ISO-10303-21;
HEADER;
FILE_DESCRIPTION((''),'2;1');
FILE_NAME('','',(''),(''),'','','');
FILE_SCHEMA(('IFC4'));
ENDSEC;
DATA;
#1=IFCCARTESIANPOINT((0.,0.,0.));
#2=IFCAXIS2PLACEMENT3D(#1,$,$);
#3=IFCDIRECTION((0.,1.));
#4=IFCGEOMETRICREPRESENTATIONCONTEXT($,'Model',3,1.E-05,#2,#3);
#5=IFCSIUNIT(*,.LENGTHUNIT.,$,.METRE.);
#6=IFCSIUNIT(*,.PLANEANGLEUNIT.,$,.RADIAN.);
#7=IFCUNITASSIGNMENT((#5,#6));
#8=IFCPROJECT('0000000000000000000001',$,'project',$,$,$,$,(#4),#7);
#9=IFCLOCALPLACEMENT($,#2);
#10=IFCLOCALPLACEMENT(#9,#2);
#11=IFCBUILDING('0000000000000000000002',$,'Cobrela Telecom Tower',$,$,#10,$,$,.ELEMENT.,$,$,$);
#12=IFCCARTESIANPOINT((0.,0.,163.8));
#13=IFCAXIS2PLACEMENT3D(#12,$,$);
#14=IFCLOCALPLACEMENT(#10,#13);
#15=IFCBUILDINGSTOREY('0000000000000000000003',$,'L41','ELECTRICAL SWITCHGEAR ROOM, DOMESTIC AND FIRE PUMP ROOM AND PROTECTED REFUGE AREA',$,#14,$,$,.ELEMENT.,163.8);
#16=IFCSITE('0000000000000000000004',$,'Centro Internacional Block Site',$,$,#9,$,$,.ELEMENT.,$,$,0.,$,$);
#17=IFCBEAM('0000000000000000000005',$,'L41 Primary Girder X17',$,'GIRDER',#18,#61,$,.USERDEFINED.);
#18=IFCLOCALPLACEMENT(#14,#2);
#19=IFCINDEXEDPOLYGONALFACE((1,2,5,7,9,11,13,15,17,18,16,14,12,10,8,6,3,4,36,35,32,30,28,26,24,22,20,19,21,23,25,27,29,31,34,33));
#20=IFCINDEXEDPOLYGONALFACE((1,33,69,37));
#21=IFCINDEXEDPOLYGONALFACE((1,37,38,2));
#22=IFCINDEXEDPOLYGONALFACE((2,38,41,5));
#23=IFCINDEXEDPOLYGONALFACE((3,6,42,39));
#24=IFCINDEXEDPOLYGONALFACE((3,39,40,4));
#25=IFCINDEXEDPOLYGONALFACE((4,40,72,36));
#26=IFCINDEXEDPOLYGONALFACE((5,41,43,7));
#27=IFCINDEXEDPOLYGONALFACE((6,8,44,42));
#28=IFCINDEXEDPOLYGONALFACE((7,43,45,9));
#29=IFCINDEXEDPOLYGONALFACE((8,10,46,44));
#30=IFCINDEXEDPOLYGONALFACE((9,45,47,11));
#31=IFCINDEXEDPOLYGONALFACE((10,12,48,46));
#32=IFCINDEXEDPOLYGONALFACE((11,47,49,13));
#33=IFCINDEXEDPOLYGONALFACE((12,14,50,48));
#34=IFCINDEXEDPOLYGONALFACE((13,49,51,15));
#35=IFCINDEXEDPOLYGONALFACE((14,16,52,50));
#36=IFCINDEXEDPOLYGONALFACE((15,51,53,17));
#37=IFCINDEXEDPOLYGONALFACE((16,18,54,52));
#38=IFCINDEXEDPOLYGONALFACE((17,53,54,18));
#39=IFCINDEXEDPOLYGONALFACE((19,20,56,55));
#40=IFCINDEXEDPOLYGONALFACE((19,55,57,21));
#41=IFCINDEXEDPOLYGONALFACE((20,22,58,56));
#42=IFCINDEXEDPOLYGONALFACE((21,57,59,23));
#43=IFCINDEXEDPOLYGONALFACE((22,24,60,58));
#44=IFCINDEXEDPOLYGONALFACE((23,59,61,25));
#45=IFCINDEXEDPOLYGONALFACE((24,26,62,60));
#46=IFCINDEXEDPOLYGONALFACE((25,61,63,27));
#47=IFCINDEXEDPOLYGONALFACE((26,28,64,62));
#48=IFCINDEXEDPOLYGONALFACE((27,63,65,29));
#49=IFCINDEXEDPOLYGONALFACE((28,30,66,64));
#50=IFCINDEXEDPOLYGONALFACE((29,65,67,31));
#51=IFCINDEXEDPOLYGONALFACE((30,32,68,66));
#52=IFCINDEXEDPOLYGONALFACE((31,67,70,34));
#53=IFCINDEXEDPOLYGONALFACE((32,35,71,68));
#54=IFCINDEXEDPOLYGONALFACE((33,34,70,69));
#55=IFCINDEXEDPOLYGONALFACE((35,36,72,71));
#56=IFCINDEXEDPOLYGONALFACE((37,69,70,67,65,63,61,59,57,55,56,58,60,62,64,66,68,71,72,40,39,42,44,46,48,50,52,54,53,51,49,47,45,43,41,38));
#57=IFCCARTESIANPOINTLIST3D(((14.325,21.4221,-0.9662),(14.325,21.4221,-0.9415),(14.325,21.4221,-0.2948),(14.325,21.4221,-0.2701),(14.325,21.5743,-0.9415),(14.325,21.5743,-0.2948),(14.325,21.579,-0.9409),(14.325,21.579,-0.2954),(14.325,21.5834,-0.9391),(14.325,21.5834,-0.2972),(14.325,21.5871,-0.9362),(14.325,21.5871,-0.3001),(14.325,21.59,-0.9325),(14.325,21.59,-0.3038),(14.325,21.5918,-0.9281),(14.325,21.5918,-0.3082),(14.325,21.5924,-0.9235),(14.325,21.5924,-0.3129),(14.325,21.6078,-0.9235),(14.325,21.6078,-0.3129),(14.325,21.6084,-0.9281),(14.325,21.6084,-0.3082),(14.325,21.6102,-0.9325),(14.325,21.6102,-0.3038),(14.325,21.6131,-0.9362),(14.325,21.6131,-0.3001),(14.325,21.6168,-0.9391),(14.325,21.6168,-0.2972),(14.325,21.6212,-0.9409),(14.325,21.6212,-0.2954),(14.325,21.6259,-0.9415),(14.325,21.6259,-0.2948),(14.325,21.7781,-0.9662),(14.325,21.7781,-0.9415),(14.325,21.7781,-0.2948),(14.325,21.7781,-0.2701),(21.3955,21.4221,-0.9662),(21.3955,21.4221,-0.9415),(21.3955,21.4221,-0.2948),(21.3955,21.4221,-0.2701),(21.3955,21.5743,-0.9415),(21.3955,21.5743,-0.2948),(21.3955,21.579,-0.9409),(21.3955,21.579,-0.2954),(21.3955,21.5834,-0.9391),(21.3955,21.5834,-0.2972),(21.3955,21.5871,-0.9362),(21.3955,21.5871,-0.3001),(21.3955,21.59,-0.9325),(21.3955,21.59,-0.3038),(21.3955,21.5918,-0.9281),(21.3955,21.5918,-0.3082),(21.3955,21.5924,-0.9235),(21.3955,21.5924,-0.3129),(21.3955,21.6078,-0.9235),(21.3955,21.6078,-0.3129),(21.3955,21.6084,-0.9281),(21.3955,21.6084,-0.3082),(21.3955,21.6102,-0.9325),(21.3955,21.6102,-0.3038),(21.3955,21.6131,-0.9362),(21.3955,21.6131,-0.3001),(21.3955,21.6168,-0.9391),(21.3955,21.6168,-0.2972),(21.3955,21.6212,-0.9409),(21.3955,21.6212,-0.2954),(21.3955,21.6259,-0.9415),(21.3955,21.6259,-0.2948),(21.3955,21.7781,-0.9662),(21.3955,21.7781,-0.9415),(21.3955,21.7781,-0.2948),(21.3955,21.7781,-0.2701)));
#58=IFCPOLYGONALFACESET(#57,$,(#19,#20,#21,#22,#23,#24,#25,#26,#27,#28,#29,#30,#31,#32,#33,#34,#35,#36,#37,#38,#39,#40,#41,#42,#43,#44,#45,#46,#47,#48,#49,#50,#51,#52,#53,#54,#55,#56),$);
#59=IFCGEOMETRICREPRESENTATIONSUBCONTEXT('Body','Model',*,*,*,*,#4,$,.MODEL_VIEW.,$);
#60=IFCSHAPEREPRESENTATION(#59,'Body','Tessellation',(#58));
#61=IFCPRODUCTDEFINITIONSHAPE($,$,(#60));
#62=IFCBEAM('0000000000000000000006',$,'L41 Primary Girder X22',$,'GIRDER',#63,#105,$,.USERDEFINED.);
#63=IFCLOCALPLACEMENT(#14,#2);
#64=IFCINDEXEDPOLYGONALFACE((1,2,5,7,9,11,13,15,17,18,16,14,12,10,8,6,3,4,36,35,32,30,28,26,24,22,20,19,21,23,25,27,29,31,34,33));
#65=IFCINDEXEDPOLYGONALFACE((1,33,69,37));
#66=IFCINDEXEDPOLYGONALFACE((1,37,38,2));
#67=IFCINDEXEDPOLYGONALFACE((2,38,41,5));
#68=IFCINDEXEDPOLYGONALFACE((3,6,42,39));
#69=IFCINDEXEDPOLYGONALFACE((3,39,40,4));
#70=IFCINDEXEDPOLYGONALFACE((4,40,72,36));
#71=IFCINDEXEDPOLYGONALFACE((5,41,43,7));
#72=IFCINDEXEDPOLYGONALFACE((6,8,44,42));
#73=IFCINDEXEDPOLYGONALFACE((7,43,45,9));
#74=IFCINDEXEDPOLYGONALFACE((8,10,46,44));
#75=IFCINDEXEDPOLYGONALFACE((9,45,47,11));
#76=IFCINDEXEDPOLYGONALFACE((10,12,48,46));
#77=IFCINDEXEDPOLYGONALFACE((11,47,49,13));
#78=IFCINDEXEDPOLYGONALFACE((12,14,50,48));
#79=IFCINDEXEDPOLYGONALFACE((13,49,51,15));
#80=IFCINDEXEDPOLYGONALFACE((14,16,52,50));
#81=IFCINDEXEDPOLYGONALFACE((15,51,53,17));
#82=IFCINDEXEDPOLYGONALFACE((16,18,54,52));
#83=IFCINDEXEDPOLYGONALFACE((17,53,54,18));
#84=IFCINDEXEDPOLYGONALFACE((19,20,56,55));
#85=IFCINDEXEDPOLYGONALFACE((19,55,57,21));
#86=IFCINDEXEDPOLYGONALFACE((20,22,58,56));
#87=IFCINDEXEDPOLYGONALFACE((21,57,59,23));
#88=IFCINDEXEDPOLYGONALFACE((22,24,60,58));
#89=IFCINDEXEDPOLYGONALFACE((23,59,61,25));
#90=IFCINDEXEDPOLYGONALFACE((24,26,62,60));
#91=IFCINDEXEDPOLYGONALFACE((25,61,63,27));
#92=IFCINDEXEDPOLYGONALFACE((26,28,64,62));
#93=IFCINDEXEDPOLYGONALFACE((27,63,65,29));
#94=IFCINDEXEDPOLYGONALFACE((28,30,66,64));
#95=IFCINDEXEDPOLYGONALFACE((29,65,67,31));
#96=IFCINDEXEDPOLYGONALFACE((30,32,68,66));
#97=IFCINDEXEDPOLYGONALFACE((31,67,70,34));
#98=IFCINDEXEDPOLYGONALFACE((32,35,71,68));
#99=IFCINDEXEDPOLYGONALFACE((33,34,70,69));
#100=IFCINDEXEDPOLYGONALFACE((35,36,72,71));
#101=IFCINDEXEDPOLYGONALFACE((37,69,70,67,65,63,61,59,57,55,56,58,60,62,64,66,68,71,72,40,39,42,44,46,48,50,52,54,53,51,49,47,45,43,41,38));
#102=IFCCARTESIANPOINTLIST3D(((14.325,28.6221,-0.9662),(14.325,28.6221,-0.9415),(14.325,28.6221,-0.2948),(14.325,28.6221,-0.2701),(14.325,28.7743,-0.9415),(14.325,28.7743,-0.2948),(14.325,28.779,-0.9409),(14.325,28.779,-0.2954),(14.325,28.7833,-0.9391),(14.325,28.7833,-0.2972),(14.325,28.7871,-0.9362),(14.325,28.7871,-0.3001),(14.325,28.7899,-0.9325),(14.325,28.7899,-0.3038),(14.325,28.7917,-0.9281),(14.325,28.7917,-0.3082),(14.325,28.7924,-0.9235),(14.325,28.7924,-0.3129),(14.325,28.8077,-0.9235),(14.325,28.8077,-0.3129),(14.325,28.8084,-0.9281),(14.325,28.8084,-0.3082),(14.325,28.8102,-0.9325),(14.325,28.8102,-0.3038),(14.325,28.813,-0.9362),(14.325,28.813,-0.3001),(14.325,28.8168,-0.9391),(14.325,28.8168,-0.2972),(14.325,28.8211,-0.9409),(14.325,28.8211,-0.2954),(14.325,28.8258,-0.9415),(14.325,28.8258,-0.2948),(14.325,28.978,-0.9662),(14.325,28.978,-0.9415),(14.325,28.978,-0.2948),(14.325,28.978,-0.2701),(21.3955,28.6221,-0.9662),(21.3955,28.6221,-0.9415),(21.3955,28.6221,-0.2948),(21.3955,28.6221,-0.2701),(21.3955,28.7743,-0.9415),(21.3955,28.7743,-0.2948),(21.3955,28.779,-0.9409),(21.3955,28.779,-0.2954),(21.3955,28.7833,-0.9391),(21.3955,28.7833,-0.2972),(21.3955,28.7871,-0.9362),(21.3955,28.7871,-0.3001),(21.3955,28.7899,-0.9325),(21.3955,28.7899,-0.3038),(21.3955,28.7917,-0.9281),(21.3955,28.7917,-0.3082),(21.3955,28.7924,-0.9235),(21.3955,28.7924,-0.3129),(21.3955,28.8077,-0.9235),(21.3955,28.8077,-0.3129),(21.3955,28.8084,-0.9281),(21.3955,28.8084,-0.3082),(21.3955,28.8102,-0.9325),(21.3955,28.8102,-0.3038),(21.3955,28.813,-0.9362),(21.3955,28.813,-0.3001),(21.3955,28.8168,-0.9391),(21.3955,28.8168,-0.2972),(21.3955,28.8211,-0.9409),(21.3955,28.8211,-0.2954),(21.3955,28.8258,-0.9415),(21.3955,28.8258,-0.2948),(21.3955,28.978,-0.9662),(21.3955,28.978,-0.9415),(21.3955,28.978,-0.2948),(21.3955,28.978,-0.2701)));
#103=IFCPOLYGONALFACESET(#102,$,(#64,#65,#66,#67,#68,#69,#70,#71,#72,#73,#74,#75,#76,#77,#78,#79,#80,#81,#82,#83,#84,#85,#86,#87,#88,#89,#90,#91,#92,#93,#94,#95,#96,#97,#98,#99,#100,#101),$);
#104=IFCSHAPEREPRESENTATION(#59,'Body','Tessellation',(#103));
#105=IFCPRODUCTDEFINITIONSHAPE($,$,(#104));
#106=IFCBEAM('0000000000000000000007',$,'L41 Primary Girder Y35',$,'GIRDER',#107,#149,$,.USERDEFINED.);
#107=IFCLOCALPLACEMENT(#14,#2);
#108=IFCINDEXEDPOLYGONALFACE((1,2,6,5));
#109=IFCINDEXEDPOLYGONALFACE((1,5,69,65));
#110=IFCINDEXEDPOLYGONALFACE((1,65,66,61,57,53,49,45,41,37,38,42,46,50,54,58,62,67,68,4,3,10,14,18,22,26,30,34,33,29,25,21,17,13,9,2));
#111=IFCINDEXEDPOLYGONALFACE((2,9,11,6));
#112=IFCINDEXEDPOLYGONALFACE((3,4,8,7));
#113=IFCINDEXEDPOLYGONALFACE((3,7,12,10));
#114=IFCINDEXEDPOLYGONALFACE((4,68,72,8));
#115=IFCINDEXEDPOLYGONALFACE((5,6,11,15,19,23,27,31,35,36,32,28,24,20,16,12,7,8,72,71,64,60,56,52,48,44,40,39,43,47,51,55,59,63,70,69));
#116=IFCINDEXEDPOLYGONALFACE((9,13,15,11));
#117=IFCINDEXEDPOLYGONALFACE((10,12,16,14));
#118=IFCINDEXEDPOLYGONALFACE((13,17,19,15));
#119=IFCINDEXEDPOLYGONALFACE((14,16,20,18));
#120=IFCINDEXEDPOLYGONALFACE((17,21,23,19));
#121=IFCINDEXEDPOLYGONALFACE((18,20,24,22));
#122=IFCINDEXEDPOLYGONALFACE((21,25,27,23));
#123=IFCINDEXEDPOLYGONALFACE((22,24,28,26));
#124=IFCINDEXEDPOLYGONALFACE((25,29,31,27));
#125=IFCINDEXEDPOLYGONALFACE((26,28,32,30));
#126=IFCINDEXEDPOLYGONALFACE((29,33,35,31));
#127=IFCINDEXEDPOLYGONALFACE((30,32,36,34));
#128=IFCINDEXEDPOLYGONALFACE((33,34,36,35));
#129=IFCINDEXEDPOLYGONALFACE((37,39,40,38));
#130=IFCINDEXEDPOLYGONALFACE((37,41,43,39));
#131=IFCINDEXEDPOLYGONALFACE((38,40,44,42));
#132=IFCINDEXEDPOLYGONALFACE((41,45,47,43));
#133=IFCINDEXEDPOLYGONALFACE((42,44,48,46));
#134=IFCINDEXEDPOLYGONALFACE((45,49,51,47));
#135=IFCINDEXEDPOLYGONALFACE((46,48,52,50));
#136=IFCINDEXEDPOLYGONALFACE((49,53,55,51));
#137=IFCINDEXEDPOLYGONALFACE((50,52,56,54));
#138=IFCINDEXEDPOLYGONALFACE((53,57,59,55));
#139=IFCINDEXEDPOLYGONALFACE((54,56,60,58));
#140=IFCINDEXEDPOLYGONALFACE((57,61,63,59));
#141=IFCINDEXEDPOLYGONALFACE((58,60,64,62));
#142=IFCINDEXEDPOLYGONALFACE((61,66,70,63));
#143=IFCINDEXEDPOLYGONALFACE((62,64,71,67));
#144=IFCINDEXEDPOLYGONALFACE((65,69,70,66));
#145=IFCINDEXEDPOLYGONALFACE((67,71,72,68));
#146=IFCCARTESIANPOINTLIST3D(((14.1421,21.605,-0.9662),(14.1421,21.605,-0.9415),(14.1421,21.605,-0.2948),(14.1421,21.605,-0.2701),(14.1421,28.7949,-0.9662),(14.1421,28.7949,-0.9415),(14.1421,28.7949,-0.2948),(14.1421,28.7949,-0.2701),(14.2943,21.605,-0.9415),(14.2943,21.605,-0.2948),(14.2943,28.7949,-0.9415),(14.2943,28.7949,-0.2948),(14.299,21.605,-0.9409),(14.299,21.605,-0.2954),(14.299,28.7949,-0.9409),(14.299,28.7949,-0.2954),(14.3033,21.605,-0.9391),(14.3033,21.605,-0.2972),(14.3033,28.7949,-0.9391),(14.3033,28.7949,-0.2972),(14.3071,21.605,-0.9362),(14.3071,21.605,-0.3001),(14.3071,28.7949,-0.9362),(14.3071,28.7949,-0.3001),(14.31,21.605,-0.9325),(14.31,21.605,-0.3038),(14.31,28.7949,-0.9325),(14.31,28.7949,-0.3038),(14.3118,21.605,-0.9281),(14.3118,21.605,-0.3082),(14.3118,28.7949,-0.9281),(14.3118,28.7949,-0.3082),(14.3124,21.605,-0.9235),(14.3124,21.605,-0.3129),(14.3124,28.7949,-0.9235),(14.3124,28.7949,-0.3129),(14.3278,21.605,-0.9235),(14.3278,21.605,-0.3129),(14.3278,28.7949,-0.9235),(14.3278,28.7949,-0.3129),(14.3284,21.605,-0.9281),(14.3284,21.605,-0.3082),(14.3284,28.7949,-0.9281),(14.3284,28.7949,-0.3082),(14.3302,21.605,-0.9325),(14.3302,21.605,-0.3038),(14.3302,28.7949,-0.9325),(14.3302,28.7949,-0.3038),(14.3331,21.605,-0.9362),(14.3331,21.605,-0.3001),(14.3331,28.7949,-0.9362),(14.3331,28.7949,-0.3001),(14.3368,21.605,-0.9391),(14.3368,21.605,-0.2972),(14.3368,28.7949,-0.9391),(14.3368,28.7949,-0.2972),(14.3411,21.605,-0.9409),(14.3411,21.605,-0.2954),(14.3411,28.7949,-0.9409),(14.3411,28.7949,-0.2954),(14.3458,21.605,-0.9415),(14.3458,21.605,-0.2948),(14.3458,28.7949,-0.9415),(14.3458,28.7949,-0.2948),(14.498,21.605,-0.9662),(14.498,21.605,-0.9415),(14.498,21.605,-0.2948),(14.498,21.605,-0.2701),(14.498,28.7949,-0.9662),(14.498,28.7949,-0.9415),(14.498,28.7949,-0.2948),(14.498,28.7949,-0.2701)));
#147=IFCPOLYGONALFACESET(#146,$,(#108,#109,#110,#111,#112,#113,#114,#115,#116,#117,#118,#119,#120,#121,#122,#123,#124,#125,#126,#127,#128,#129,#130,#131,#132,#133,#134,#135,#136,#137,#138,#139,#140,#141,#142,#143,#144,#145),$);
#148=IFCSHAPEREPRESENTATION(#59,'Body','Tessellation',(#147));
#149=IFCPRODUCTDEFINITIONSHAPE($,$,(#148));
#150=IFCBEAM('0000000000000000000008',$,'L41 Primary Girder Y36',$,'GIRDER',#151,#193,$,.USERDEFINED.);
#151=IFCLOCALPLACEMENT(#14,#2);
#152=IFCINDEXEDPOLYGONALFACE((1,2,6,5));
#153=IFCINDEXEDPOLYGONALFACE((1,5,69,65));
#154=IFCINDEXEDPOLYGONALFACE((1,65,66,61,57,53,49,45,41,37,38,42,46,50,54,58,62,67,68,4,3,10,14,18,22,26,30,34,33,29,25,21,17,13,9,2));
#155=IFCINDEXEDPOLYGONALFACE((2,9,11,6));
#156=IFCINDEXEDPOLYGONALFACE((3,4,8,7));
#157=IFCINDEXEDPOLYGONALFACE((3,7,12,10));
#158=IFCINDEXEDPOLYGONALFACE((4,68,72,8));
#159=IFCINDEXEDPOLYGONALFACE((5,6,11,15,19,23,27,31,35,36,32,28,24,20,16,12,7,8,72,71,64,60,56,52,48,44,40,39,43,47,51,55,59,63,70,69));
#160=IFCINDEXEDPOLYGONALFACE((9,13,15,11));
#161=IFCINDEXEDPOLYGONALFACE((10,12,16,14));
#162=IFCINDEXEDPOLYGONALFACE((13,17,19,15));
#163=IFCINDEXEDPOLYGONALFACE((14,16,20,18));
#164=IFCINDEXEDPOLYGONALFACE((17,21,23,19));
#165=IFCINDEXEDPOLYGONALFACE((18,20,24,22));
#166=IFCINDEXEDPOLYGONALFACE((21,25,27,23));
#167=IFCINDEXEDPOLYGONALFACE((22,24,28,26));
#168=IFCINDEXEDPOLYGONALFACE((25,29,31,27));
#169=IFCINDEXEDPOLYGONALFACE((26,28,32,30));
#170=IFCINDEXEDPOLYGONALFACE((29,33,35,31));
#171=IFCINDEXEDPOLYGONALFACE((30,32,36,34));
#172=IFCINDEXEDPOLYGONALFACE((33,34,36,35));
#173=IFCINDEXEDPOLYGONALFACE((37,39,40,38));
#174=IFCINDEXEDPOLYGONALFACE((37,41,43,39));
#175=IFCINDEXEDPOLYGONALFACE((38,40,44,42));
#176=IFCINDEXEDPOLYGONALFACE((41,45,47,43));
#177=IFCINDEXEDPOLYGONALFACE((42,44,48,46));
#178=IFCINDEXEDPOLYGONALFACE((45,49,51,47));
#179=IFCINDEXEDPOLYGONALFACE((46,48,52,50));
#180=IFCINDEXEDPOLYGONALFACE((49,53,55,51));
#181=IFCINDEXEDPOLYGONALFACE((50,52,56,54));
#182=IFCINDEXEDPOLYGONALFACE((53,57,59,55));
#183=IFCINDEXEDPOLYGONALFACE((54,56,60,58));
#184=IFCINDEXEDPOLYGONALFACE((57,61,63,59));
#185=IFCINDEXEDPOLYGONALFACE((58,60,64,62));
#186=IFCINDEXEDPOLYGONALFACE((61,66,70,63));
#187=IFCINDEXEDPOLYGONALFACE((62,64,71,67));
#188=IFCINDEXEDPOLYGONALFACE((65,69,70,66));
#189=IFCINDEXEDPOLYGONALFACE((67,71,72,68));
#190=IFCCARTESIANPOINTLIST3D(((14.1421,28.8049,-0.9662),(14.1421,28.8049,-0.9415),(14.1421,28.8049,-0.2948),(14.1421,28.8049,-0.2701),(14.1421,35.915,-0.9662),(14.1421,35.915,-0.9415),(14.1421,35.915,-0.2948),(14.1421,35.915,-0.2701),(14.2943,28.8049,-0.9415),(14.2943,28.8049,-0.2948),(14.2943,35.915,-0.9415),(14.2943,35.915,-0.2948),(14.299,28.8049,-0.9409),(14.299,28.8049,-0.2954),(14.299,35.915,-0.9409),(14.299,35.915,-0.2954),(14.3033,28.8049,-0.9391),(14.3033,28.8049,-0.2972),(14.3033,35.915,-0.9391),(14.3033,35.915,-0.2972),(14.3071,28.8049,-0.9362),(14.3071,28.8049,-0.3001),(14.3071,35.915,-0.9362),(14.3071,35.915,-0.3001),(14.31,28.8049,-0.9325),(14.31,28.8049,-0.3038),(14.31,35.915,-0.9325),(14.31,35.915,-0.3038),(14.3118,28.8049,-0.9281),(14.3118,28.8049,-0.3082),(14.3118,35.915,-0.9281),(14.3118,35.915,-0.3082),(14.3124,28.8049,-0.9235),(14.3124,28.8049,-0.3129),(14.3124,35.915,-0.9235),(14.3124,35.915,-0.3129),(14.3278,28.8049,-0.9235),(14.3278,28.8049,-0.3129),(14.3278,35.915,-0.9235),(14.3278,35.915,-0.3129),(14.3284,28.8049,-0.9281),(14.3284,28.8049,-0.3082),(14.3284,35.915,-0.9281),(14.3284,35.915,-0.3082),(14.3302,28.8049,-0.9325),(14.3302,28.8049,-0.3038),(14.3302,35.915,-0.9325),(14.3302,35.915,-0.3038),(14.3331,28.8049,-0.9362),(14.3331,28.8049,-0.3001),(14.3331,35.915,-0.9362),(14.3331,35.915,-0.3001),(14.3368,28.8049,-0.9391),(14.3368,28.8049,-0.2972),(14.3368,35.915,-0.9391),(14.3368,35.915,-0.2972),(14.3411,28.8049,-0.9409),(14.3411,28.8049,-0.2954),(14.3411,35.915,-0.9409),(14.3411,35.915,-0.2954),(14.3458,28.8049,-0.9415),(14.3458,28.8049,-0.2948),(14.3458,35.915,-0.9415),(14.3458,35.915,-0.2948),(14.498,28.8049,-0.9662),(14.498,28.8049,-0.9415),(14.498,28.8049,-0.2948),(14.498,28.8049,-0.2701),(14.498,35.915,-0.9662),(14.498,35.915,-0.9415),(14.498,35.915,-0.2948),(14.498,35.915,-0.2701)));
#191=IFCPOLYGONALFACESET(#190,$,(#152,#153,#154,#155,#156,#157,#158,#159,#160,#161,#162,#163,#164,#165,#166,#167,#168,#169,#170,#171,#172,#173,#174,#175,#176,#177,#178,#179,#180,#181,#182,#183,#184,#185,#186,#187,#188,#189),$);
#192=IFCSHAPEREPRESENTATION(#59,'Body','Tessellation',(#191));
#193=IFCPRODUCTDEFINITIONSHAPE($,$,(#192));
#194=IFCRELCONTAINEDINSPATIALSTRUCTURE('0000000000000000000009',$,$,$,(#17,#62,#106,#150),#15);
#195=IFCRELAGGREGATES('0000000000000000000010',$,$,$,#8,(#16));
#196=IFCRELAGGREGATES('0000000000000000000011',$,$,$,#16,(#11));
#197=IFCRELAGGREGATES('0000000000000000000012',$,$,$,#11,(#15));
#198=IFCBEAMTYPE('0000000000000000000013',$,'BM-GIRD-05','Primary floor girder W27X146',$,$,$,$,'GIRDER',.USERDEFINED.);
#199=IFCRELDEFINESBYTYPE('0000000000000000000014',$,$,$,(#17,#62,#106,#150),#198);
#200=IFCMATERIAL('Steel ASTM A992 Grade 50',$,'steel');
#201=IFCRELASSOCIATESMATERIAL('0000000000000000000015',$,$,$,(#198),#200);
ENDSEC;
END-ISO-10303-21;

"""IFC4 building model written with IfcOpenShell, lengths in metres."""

from ifc_helpers import new_model, si_unit, direction, frame, origin, origin_2d, place, context, subcontext, project, spatial, i_section, extrude, material, material_profile, profile_set, type_object, element, save


model = new_model("IFC4")

# Units and contexts
model_context = context("Model", 3, precision=1e-05, world=origin(), true_north=direction((0.0, 1.0)))
body_context = subcontext(model_context, "Body", "Model", "MODEL_VIEW")
ifc_project = project(units=[si_unit("LENGTHUNIT", "METRE"), si_unit("PLANEANGLEUNIT", "RADIAN")], contexts=[model_context])

# Site, building, storey
site_placement = place(None, origin())
site = spatial("IfcSite", under=ifc_project, at=site_placement, Name="Centro Internacional Block Site", CompositionType="ELEMENT", RefElevation=0.0)
building_placement = place(site_placement, origin())
building = spatial("IfcBuilding", under=site, at=building_placement, Name="Cobrela Telecom Tower", CompositionType="ELEMENT")
storey_placement = place(building_placement, frame((0.0, 0.0, 163.8)))
storey = spatial("IfcBuildingStorey", under=building, at=storey_placement, Name="L41", Description="ELECTRICAL SWITCHGEAR ROOM, DOMESTIC AND FIRE PUMP ROOM AND PROTECTED REFUGE AREA", CompositionType="ELEMENT", Elevation=163.8)

# Beams
ifc_material_1 = material(Name="Steel ASTM A992 Grade 50", Category="steel")
ifc_material_profile_1 = material_profile(ifc_material_1, i_section(OverallWidth=0.356, OverallDepth=0.696, WebThickness=0.0154, FlangeThickness=0.0247, FilletRadius=0.0181, at=origin_2d()), Name="W27X146")
ifc_profile_set_1 = profile_set([ifc_material_profile_1], Name="Steel ASTM A992 Grade 50")
beam_type_1 = type_object("IfcBeamType", Name="BM-GIRD-05", Description="Primary floor girder W27X146", ElementType="GIRDER", PredefinedType="USERDEFINED", material=ifc_profile_set_1)
for number, where, z_axis, x_axis, name in (
    (1, (14.325, 21.6001, -0.6182), (1.0, 0.0, 0.0), (0.0, 1.0, 0.0), "L41 Primary Girder X17"),
    (2, (14.325, 28.8, -0.6182), (1.0, 0.0, 0.0), (0.0, 1.0, 0.0), "L41 Primary Girder X22"),
):
    element("IfcBeam", number, at=place(storey_placement, frame(where, z_axis=z_axis, x_axis=x_axis)), inside=storey, type_object=beam_type_1, Name=name, ObjectType="GIRDER", PredefinedType="USERDEFINED", context=body_context, shape_type="SweptSolid", body=[
        extrude(i_section(OverallWidth=0.356, OverallDepth=0.696, WebThickness=0.0154, FlangeThickness=0.0247, FilletRadius=0.0181, at=origin_2d()), origin(), (0.0, 0.0, 1.0), 7.0706),
    ])
beam_1_placement = place(storey_placement, frame((14.3201, 21.605, -0.6182), z_axis=(0.0, 1.0, 0.0), x_axis=(-1.0, 0.0, 0.0)))
element("IfcBeam", 3, at=beam_1_placement, inside=storey, type_object=beam_type_1, Name="L41 Primary Girder Y35", ObjectType="GIRDER", PredefinedType="USERDEFINED", context=body_context, shape_type="SweptSolid", body=[
    extrude(i_section(OverallWidth=0.356, OverallDepth=0.696, WebThickness=0.0154, FlangeThickness=0.0247, FilletRadius=0.0181, at=origin_2d()), origin(), (0.0, 0.0, 1.0), 7.1899),
])
beam_2_placement = place(storey_placement, frame((14.3201, 28.8049, -0.6182), z_axis=(0.0, 1.0, 0.0), x_axis=(-1.0, 0.0, 0.0)))
element("IfcBeam", 4, at=beam_2_placement, inside=storey, type_object=beam_type_1, Name="L41 Primary Girder Y36", ObjectType="GIRDER", PredefinedType="USERDEFINED", context=body_context, shape_type="SweptSolid", body=[
    extrude(i_section(OverallWidth=0.356, OverallDepth=0.696, WebThickness=0.0154, FlangeThickness=0.0247, FilletRadius=0.0181, at=origin_2d()), origin(), (0.0, 0.0, 1.0), 7.1101),
])

save(model, "model.ifc")
